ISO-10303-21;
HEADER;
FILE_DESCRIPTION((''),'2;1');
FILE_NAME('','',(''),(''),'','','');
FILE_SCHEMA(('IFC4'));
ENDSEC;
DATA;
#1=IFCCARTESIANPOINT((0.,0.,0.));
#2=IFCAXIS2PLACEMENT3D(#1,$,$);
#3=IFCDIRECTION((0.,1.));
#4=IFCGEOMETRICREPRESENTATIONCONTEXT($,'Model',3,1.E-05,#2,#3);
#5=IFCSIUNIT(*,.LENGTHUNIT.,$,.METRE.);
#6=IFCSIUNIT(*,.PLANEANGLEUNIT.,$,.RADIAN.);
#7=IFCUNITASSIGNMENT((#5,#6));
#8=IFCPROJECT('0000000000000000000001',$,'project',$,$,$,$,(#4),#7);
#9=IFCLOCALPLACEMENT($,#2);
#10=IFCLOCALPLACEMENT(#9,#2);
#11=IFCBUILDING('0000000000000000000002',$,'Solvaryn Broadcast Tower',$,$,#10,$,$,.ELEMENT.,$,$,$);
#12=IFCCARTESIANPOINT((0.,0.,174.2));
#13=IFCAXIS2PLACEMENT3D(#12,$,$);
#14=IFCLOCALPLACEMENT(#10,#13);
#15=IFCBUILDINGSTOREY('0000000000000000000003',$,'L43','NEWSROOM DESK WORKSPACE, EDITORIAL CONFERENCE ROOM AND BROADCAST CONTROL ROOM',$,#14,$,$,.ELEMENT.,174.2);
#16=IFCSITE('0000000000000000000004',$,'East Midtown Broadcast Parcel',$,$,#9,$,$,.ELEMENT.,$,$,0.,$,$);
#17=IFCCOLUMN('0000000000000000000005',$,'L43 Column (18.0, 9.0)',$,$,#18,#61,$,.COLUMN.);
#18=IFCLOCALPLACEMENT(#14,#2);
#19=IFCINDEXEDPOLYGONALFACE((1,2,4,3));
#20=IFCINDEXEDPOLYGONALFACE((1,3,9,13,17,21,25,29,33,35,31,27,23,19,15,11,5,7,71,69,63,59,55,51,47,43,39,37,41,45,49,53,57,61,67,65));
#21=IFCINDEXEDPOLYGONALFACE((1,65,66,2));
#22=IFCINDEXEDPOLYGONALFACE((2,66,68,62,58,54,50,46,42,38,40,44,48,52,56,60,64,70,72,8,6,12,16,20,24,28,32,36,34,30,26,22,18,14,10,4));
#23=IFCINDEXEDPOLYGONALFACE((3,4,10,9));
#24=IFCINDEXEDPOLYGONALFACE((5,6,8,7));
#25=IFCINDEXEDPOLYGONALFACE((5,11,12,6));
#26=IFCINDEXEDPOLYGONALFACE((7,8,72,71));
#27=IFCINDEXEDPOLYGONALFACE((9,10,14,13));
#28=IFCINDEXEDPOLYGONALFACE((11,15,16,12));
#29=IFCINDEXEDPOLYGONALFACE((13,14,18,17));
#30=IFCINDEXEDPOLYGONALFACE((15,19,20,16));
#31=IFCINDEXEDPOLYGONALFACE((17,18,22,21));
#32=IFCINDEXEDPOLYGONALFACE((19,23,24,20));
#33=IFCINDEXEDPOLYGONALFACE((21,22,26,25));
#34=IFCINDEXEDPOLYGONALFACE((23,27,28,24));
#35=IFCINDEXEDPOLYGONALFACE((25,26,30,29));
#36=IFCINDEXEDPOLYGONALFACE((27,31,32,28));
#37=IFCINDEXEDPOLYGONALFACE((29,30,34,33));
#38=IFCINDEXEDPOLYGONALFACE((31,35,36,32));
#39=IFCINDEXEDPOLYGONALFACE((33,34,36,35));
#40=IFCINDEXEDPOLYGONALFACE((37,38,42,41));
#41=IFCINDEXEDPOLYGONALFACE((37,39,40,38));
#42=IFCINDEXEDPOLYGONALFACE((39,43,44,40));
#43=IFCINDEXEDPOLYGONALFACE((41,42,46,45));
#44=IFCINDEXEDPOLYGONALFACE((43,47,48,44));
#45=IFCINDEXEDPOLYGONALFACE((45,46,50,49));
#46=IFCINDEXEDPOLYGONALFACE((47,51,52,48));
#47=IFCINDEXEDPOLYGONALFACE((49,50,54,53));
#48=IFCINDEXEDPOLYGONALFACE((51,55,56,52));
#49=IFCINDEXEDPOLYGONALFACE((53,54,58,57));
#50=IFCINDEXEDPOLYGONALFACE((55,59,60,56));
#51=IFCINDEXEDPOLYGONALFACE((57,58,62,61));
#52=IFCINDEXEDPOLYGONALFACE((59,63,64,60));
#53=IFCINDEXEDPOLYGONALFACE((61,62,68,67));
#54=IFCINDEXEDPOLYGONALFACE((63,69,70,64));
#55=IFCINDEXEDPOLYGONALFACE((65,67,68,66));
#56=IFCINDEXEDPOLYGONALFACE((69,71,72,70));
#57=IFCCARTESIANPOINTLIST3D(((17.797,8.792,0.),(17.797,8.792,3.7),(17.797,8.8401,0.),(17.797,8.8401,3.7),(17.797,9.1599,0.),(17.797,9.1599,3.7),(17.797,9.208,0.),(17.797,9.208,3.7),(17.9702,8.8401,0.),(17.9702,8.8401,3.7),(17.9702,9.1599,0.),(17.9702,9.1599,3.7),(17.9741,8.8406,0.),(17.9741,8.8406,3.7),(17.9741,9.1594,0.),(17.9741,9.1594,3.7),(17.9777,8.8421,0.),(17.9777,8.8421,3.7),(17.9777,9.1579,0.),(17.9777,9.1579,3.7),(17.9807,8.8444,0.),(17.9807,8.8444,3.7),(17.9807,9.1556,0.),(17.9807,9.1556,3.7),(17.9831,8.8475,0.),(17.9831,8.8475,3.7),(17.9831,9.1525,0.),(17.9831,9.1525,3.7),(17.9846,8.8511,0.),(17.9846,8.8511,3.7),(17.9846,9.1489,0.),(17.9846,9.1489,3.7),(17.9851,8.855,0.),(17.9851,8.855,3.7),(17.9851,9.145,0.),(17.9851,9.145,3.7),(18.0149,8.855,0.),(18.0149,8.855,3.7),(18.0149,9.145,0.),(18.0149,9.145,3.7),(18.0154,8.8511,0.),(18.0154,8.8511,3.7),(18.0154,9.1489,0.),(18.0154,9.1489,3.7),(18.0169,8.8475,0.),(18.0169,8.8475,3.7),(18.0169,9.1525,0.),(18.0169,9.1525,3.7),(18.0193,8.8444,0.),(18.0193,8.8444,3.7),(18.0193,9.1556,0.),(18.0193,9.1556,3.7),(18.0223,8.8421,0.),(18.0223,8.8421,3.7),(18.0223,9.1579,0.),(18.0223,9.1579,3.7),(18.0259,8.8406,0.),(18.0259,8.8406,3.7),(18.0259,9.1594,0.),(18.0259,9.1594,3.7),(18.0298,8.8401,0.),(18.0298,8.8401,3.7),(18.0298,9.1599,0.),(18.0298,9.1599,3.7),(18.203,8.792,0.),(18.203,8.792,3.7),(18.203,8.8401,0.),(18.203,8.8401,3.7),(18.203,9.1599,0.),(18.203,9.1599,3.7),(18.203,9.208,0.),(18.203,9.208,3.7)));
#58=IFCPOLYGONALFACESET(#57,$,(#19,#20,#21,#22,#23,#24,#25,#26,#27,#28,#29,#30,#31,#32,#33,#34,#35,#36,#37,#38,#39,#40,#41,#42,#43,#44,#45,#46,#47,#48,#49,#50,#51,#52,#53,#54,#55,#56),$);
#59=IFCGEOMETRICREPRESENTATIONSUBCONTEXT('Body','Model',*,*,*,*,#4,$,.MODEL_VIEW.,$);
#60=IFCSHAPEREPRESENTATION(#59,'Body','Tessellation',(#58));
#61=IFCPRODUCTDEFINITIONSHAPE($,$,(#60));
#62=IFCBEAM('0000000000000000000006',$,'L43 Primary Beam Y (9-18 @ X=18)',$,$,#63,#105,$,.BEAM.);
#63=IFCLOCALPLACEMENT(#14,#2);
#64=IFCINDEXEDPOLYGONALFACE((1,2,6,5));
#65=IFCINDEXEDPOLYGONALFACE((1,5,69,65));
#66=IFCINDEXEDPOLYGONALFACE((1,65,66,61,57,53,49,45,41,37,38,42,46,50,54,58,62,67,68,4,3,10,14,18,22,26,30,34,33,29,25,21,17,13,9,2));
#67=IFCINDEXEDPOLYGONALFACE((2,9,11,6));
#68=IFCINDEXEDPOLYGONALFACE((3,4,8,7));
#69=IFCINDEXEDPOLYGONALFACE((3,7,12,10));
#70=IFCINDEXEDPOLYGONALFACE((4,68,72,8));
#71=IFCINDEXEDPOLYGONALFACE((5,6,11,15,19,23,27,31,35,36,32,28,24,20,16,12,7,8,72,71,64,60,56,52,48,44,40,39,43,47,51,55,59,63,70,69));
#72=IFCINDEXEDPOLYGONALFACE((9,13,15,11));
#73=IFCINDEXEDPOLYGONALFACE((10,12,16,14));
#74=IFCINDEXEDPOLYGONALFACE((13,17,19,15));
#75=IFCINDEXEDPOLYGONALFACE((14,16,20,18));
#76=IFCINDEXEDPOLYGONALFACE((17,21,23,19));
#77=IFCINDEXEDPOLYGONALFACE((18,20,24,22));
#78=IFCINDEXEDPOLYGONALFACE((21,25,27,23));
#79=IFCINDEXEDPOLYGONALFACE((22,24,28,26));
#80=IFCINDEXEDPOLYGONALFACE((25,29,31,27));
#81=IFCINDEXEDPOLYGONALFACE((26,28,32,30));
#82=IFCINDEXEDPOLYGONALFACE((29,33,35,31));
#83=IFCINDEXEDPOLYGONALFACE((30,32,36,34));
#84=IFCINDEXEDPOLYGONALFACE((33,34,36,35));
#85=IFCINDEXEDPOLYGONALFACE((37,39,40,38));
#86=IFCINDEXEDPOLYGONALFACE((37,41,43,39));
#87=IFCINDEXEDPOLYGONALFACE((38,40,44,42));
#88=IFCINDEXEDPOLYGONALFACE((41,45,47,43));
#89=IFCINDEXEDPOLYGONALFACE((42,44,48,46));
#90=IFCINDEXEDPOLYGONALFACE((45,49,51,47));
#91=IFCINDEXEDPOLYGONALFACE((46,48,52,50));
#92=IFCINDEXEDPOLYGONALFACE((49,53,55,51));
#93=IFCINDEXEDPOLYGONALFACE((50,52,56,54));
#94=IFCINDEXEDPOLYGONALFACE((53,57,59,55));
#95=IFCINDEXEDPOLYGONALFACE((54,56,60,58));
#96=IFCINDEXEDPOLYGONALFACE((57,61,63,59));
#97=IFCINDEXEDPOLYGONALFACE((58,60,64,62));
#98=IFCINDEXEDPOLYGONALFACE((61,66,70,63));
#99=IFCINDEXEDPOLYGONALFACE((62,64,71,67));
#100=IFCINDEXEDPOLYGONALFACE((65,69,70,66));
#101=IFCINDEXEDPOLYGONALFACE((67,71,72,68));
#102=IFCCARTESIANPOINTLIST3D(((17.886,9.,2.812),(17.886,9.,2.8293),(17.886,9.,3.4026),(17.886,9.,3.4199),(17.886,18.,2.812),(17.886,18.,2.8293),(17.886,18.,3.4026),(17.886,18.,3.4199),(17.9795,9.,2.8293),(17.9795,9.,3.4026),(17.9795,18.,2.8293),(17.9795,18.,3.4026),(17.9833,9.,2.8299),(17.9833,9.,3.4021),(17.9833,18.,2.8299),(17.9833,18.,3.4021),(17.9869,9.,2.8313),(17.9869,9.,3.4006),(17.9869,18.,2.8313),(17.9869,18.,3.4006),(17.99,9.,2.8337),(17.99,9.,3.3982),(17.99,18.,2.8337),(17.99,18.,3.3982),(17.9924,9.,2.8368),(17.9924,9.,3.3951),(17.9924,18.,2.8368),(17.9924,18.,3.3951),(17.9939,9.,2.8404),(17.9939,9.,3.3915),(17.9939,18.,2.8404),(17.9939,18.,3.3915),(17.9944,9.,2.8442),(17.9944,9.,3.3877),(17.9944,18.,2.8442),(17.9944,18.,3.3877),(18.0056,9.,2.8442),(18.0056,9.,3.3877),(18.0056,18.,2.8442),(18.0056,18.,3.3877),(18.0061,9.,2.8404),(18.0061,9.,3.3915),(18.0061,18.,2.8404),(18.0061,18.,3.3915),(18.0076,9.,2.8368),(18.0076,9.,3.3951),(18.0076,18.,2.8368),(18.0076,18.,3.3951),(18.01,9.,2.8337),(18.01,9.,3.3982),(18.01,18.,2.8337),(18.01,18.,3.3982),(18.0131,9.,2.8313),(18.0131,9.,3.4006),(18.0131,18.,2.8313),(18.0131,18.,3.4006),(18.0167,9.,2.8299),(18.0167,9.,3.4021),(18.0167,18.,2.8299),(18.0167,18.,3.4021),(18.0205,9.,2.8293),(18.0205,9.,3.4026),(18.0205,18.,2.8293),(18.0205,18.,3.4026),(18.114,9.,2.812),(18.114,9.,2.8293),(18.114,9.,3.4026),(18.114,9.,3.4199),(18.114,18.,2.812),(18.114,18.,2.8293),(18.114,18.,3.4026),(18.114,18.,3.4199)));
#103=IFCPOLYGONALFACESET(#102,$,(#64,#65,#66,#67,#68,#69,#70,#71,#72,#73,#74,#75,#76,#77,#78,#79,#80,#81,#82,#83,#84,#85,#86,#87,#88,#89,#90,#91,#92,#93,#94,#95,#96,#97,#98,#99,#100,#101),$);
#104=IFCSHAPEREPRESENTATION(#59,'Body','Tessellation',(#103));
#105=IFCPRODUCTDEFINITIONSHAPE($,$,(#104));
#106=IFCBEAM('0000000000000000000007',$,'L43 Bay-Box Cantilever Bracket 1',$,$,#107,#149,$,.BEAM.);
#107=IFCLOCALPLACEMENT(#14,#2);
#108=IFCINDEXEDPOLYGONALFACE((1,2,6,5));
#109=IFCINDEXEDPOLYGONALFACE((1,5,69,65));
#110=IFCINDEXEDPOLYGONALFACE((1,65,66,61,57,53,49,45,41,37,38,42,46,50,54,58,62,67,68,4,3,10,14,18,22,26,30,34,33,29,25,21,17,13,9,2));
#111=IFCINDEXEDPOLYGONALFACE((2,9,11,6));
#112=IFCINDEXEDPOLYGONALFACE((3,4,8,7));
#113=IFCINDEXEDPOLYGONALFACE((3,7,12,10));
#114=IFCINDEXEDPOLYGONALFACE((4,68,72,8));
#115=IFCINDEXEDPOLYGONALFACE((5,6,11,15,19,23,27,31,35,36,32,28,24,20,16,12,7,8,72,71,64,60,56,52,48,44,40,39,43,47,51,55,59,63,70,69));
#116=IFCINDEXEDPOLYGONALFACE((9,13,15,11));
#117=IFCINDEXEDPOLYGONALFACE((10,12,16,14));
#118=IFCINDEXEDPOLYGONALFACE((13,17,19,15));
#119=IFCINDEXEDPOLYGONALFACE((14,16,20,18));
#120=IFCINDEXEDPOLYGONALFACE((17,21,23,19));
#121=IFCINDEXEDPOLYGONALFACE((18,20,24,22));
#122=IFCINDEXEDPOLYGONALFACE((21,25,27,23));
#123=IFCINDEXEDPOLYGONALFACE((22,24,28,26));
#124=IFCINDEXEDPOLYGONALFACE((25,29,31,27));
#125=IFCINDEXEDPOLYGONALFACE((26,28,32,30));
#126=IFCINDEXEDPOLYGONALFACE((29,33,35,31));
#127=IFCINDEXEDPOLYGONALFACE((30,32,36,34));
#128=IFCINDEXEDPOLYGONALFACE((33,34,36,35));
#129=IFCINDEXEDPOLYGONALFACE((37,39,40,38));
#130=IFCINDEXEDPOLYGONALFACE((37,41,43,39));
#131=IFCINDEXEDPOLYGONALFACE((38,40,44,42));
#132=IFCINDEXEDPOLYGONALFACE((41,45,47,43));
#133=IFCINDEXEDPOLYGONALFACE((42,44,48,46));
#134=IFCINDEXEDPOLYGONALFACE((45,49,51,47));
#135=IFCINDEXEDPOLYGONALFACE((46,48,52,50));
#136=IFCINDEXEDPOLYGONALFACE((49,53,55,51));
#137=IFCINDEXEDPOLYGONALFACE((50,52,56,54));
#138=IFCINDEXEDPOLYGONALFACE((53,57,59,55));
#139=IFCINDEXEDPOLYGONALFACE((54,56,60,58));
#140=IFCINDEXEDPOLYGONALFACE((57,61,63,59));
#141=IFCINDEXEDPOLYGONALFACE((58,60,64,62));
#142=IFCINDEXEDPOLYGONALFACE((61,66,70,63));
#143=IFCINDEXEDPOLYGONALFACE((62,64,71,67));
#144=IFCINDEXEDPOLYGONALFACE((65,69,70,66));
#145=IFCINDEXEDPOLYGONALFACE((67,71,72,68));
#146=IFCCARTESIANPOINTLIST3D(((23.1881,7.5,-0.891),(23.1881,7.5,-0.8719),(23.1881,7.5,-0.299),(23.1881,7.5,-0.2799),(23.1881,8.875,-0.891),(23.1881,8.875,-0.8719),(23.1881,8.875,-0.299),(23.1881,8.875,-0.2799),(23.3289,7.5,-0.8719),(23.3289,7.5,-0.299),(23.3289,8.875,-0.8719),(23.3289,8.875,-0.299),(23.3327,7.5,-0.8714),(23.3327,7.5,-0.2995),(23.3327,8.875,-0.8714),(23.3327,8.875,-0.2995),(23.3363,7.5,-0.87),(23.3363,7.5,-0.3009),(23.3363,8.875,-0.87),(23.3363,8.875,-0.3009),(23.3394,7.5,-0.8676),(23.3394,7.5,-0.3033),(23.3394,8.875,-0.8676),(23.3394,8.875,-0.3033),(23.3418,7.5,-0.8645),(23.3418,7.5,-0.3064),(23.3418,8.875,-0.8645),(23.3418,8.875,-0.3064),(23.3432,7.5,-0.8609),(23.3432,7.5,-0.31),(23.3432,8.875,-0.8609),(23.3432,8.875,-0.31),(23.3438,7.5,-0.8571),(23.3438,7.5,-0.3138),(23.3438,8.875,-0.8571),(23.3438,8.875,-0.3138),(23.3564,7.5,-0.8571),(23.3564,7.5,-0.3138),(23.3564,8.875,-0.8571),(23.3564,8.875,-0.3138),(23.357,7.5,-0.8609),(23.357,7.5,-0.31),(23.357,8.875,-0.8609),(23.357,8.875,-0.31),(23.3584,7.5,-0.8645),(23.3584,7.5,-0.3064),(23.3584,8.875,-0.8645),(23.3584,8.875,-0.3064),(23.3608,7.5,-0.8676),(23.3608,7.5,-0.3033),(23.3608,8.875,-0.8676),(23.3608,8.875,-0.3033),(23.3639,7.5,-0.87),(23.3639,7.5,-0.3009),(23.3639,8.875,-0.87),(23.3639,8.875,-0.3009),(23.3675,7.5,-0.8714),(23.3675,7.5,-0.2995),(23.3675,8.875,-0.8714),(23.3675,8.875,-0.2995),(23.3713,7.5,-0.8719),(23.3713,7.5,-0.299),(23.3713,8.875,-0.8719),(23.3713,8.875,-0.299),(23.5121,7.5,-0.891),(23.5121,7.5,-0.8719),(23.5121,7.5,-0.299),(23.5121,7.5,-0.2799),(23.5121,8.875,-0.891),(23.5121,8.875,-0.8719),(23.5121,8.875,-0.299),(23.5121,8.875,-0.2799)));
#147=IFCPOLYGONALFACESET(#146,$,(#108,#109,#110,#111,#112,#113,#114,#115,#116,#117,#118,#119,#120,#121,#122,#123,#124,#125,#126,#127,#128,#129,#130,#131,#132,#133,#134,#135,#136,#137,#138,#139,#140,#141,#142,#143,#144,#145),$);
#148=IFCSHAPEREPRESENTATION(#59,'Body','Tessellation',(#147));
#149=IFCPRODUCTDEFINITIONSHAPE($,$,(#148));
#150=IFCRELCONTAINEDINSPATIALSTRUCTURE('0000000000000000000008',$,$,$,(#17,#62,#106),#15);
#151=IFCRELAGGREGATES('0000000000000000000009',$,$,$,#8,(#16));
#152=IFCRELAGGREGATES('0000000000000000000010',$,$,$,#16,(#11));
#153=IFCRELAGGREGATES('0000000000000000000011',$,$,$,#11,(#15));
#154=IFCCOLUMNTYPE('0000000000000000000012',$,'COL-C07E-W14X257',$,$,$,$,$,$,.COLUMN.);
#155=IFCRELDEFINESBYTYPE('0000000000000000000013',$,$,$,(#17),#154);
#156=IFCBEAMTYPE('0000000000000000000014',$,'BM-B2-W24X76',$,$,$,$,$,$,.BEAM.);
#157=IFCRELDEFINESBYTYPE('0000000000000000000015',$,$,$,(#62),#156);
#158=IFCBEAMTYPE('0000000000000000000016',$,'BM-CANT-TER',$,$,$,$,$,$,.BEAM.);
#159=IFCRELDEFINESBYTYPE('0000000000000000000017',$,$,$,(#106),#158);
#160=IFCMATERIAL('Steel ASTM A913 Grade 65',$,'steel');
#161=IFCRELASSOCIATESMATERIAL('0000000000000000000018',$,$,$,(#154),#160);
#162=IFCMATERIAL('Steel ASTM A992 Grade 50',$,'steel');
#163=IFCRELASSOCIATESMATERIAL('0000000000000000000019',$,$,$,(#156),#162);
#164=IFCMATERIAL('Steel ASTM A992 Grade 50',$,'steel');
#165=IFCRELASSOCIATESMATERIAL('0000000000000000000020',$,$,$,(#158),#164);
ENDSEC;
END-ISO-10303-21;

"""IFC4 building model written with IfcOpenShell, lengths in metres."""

from ifc_helpers import new_model, si_unit, direction, frame, origin, origin_2d, place, context, subcontext, project, spatial, i_section, extrude, material, material_profile, profile_set, type_object, element, save


model = new_model("IFC4")

# Units and contexts
model_context = context("Model", 3, precision=1e-05, world=origin(), true_north=direction((0.0, 1.0)))
body_context = subcontext(model_context, "Body", "Model", "MODEL_VIEW")
ifc_project = project(units=[si_unit("LENGTHUNIT", "METRE"), si_unit("PLANEANGLEUNIT", "RADIAN")], contexts=[model_context])

# Site, building, storey
site_placement = place(None, origin())
site = spatial("IfcSite", under=ifc_project, at=site_placement, Name="East Midtown Broadcast Parcel", CompositionType="ELEMENT", RefElevation=0.0)
building_placement = place(site_placement, origin())
building = spatial("IfcBuilding", under=site, at=building_placement, Name="Solvaryn Broadcast Tower", CompositionType="ELEMENT")
storey_placement = place(building_placement, frame((0.0, 0.0, 174.2)))
storey = spatial("IfcBuildingStorey", under=building, at=storey_placement, Name="L43", Description="NEWSROOM DESK WORKSPACE, EDITORIAL CONFERENCE ROOM AND BROADCAST CONTROL ROOM", CompositionType="ELEMENT", Elevation=174.2)

# Column
ifc_material_1 = material(Name="Steel ASTM A913 Grade 65", Category="steel")
ifc_material_profile_1 = material_profile(ifc_material_1, i_section(OverallWidth=0.406, OverallDepth=0.416, WebThickness=0.0298, FlangeThickness=0.0481, FilletRadius=0.0149, at=origin_2d()))
ifc_profile_set_1 = profile_set([ifc_material_profile_1], Name="Steel ASTM A913 Grade 65")
column_type = type_object("IfcColumnType", Name="COL-C07E-W14X257", PredefinedType="COLUMN", material=ifc_profile_set_1)
column_placement = place(storey_placement, frame((18.0, 9.0, 0.0), z_axis=(0.0, 0.0, 1.0), x_axis=(1.0, 0.0, 0.0)))
element("IfcColumn", 1, at=column_placement, inside=storey, type_object=column_type, Name="L43 Column (18.0, 9.0)", PredefinedType="COLUMN", context=body_context, shape_type="SweptSolid", body=[
    extrude(i_section(OverallWidth=0.406, OverallDepth=0.416, WebThickness=0.0298, FlangeThickness=0.0481, FilletRadius=0.0149, at=origin_2d()), origin(), (0.0, 0.0, 1.0), 3.7),
])

# Beams
ifc_material_2 = material(Name="Steel ASTM A992 Grade 50", Category="steel")
ifc_material_profile_2 = material_profile(ifc_material_2, i_section(OverallWidth=0.228, OverallDepth=0.6079, WebThickness=0.0112, FlangeThickness=0.0173, FilletRadius=0.0149, at=origin_2d()))
ifc_profile_set_2 = profile_set([ifc_material_profile_2], Name="Steel ASTM A992 Grade 50")
beam_type_1 = type_object("IfcBeamType", Name="BM-B2-W24X76", PredefinedType="BEAM", material=ifc_profile_set_2)
beam_1_placement = place(storey_placement, frame((18.0, 9.0, 3.116), z_axis=(0.0, 1.0, 0.0), x_axis=(-1.0, 0.0, 0.0)))
element("IfcBeam", 2, at=beam_1_placement, inside=storey, type_object=beam_type_1, Name="L43 Primary Beam Y (9-18 @ X=18)", PredefinedType="BEAM", context=body_context, shape_type="SweptSolid", body=[
    extrude(i_section(OverallWidth=0.228, OverallDepth=0.6079, WebThickness=0.0112, FlangeThickness=0.0173, FilletRadius=0.0149, at=origin_2d()), origin(), (0.0, 0.0, 1.0), 9.0),
])
ifc_material_3 = material(Name="Steel ASTM A992 Grade 50", Category="steel")
ifc_material_profile_3 = material_profile(ifc_material_3, i_section(OverallWidth=0.324, OverallDepth=0.6111, WebThickness=0.0127, FlangeThickness=0.019, FilletRadius=0.0149, at=origin_2d()))
ifc_profile_set_3 = profile_set([ifc_material_profile_3], Name="Steel ASTM A992 Grade 50")
beam_type_2 = type_object("IfcBeamType", Name="BM-CANT-TER", PredefinedType="BEAM", material=ifc_profile_set_3)
beam_2_placement = place(storey_placement, frame((23.3501, 8.875, -0.5854), z_axis=(0.0, -1.0, 0.0), x_axis=(1.0, 0.0, 0.0)))
element("IfcBeam", 3, at=beam_2_placement, inside=storey, type_object=beam_type_2, Name="L43 Bay-Box Cantilever Bracket 1", PredefinedType="BEAM", context=body_context, shape_type="SweptSolid", body=[
    extrude(i_section(OverallWidth=0.324, OverallDepth=0.6111, WebThickness=0.0127, FlangeThickness=0.019, FilletRadius=0.0149, at=origin_2d()), origin(), (0.0, 0.0, 1.0), 1.375),
])

save(model, "model.ifc")
